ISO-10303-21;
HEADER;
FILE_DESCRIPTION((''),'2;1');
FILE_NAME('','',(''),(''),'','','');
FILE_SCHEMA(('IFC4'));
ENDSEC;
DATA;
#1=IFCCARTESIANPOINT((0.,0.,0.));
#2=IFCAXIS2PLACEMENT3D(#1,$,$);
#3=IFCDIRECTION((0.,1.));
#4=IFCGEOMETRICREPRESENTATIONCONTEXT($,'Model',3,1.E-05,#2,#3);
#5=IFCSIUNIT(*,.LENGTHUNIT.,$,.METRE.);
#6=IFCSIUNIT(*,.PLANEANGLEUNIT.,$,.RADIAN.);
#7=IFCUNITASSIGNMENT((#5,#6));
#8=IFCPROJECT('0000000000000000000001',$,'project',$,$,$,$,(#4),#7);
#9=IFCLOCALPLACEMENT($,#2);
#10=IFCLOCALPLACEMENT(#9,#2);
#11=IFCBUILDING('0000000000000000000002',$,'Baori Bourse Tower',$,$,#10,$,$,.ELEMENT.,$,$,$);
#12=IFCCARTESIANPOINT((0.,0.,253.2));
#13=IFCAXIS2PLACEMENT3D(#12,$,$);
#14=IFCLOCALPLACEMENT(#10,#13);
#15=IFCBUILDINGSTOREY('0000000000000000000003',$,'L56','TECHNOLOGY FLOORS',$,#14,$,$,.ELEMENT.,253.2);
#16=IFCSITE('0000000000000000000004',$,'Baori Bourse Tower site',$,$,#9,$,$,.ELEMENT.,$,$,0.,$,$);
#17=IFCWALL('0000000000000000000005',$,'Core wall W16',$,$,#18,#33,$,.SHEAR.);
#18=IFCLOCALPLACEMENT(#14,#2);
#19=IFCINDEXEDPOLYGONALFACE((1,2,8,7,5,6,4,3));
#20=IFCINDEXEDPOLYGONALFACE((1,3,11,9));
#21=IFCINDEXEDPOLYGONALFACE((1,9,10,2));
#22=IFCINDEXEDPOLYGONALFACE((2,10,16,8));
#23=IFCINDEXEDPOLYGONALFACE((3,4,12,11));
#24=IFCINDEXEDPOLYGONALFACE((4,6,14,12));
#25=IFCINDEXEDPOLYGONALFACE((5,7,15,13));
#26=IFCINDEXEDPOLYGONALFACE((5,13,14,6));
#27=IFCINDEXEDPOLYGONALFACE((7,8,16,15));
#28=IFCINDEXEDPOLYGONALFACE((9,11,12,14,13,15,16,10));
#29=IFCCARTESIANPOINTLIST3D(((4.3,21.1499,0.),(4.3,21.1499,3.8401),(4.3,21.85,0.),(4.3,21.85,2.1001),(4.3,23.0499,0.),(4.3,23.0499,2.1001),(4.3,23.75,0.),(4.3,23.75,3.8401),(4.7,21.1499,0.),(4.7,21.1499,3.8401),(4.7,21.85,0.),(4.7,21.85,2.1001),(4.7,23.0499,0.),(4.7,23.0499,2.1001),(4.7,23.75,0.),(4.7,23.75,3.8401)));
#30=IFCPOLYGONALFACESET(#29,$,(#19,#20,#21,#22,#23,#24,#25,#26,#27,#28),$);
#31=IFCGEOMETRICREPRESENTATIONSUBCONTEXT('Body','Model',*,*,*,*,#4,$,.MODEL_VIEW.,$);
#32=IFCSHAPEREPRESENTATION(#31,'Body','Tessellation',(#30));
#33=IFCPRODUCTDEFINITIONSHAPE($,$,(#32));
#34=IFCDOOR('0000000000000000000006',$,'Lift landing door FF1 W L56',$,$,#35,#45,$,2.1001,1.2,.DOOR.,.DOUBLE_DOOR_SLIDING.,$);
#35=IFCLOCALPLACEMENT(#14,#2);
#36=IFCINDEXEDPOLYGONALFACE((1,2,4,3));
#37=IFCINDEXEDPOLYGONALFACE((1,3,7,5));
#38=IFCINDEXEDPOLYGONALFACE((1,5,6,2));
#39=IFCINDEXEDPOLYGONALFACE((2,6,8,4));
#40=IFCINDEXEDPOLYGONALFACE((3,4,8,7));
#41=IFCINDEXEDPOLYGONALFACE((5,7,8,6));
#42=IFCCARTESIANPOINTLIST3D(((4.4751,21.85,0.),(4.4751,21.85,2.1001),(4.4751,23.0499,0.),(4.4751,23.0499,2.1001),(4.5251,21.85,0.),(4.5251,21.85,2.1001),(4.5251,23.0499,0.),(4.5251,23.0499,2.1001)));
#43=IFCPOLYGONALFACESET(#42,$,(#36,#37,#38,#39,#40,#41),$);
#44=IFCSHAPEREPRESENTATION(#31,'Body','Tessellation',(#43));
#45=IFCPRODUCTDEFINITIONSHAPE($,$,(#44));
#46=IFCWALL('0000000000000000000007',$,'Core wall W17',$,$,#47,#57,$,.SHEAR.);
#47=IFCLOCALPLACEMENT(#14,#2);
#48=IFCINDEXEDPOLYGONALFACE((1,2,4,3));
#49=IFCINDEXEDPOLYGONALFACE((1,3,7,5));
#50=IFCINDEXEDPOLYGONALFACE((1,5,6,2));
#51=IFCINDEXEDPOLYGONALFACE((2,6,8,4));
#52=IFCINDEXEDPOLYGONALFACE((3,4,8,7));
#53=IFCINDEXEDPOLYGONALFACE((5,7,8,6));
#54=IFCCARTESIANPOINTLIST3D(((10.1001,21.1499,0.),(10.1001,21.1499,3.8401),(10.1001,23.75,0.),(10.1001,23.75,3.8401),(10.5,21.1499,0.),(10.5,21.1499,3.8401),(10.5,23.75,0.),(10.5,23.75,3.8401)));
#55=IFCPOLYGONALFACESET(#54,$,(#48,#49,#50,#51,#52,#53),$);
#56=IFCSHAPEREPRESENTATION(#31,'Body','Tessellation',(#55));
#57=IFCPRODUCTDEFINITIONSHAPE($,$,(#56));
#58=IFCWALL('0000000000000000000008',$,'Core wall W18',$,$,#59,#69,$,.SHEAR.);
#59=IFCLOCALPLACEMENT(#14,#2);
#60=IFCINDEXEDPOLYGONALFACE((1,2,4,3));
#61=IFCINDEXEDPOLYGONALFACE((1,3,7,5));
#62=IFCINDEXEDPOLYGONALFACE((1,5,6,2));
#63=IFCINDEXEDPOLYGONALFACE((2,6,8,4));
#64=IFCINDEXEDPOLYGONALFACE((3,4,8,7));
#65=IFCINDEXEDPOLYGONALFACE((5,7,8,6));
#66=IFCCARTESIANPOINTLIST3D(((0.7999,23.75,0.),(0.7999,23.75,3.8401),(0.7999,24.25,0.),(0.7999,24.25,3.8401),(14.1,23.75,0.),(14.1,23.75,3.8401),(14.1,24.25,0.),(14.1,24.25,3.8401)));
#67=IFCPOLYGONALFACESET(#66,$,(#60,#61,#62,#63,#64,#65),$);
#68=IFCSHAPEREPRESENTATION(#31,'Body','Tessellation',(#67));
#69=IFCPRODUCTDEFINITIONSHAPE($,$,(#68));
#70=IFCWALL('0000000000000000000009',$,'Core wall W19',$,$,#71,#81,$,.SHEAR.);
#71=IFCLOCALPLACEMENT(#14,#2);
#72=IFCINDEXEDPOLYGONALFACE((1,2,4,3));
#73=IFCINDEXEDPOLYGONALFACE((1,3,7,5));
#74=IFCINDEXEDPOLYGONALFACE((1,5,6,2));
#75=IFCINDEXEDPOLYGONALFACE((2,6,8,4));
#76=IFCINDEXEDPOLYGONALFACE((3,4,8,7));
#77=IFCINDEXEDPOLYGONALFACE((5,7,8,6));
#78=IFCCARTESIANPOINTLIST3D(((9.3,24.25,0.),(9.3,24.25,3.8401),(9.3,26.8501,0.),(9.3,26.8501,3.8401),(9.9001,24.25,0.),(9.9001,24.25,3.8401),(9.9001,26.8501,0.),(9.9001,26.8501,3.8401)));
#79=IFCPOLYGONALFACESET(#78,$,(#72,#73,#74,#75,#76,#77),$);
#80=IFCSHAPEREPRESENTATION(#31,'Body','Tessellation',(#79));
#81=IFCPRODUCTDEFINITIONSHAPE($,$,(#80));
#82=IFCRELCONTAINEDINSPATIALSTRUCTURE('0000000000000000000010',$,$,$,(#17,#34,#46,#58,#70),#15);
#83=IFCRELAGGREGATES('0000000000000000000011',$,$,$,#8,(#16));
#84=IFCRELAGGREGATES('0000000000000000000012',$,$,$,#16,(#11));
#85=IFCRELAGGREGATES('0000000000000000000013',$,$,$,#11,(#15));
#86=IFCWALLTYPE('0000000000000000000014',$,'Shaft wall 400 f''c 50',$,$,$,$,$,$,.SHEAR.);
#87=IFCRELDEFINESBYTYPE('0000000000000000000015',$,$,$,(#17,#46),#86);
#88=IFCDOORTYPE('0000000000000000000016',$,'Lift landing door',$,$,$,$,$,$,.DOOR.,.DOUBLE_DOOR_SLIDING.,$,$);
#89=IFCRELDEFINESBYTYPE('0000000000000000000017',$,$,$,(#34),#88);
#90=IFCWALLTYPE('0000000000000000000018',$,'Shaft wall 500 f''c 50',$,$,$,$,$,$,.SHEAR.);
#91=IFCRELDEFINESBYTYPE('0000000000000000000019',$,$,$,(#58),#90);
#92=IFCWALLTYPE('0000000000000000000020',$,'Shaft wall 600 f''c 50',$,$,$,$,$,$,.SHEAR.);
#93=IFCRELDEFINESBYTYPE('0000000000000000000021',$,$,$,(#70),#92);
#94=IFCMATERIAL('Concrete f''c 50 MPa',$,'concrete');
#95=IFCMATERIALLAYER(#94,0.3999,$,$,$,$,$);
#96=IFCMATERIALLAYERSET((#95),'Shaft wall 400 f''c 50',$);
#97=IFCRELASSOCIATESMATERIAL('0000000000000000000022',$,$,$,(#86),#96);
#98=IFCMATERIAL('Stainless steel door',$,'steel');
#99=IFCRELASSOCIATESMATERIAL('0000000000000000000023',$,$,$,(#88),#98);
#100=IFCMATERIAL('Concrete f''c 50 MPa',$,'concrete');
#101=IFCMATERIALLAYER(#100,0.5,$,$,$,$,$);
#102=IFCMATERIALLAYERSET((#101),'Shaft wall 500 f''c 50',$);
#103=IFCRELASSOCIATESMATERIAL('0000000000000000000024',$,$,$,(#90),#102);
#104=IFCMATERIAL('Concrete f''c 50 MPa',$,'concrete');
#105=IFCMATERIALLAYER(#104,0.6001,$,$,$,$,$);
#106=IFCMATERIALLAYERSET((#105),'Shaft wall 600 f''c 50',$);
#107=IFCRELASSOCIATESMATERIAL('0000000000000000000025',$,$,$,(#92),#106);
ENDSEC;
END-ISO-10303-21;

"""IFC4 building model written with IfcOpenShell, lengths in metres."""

from ifc_helpers import new_model, si_unit, direction, frame, frame_2d, origin, place, context, subcontext, project, spatial, rectangle, extrude, material, layer, layer_set, type_object, element, fill, save


model = new_model("IFC4")

# Units and contexts
model_context = context("Model", 3, precision=1e-05, world=origin(), true_north=direction((0.0, 1.0)))
body_context = subcontext(model_context, "Body", "Model", "MODEL_VIEW")
ifc_project = project(units=[si_unit("LENGTHUNIT", "METRE"), si_unit("PLANEANGLEUNIT", "RADIAN")], contexts=[model_context])

# Site, building, storey
site_placement = place(None, origin())
site = spatial("IfcSite", under=ifc_project, at=site_placement, Name="Baori Bourse Tower site", CompositionType="ELEMENT", RefElevation=0.0)
building_placement = place(site_placement, origin())
building = spatial("IfcBuilding", under=site, at=building_placement, Name="Baori Bourse Tower", CompositionType="ELEMENT")
storey_placement = place(building_placement, frame((0.0, 0.0, 253.2)))
storey = spatial("IfcBuildingStorey", under=building, at=storey_placement, Name="L56", Description="TECHNOLOGY FLOORS", CompositionType="ELEMENT", Elevation=253.2)

# Shared definitions
ifc_material_1 = material(Name="Concrete f'c 50 MPa", Category="concrete")
ifc_layer_1 = layer(ifc_material_1, 0.3999)
ifc_layer_set_1 = layer_set([ifc_layer_1], Name="Shaft wall 400 f'c 50")
wall_type_1 = type_object("IfcWallType", Name="Shaft wall 400 f'c 50", PredefinedType="SHEAR", material=ifc_layer_set_1)

# Wall, opening, door
wall_1_placement = place(storey_placement, frame((4.5, 21.1499, 0.0), z_axis=(0.0, 0.0, 1.0), x_axis=(0.0, 1.0, 0.0)))
wall_1 = element("IfcWall", 1, at=wall_1_placement, inside=storey, type_object=wall_type_1, Name="Core wall W16", PredefinedType="SHEAR", context=body_context, shape_type="SweptSolid", body=[
    extrude(rectangle(XDim=2.6001, YDim=0.3999, at=frame_2d((1.3, 0.0))), origin(), (0.0, 0.0, 1.0), 3.8401),
])
opening_1_placement = place(wall_1_placement, frame((0.7, 0.0, 0.0)))
opening_1 = element("IfcOpeningElement", 2, at=opening_1_placement, cuts=wall_1, PredefinedType="OPENING", context=body_context, shape_type="SweptSolid", body=[
    extrude(rectangle(XDim=1.2, YDim=2.1001, at=frame_2d((0.6001, 1.05))), frame((0.0, 0.21, 0.0), z_axis=(0.0, -1.0, 0.0), x_axis=(1.0, 0.0, 0.0)), (0.0, 0.0, 1.0), 0.4199),
])
ifc_material_2 = material(Name="Stainless steel door", Category="steel")
door_type_1 = type_object("IfcDoorType", Name="Lift landing door", OperationType="DOUBLE_DOOR_SLIDING", PredefinedType="DOOR", material=ifc_material_2)
door_1_placement = place(opening_1_placement, origin())
door_1 = element("IfcDoor", 3, at=door_1_placement, inside=storey, type_object=door_type_1, Name="Lift landing door FF1 W L56", OperationType="DOUBLE_DOOR_SLIDING", OverallHeight=2.1001, OverallWidth=1.2, PredefinedType="DOOR", context=body_context, shape_type="SweptSolid", body=[
    extrude(rectangle(XDim=1.2, YDim=2.1001, at=frame_2d((0.6001, 1.05))), frame((0.0, 0.0249, 0.0), z_axis=(0.0, -1.0, 0.0), x_axis=(1.0, 0.0, 0.0)), (0.0, 0.0, 1.0), 0.05),
])
fill(opening_1, door_1)

# Walls
wall_2_placement = place(storey_placement, frame((10.3, 21.1499, 0.0), z_axis=(0.0, 0.0, 1.0), x_axis=(0.0, 1.0, 0.0)))
element("IfcWall", 4, at=wall_2_placement, inside=storey, type_object=wall_type_1, Name="Core wall W17", PredefinedType="SHEAR", context=body_context, shape_type="SweptSolid", body=[
    extrude(rectangle(XDim=2.6001, YDim=0.3999, at=frame_2d((1.3, 0.0))), origin(), (0.0, 0.0, 1.0), 3.8401),
])
ifc_material_3 = material(Name="Concrete f'c 50 MPa", Category="concrete")
ifc_layer_2 = layer(ifc_material_3, 0.5)
ifc_layer_set_2 = layer_set([ifc_layer_2], Name="Shaft wall 500 f'c 50")
wall_type_2 = type_object("IfcWallType", Name="Shaft wall 500 f'c 50", PredefinedType="SHEAR", material=ifc_layer_set_2)
wall_3_placement = place(storey_placement, frame((0.8, 24.0, 0.0), z_axis=(0.0, 0.0, 1.0), x_axis=(1.0, 0.0, 0.0)))
element("IfcWall", 5, at=wall_3_placement, inside=storey, type_object=wall_type_2, Name="Core wall W18", PredefinedType="SHEAR", context=body_context, shape_type="SweptSolid", body=[
    extrude(rectangle(XDim=13.3, YDim=0.5, at=frame_2d((6.6499, 0.0))), origin(), (0.0, 0.0, 1.0), 3.8401),
])
ifc_material_4 = material(Name="Concrete f'c 50 MPa", Category="concrete")
ifc_layer_3 = layer(ifc_material_4, 0.6001)
ifc_layer_set_3 = layer_set([ifc_layer_3], Name="Shaft wall 600 f'c 50")
wall_type_3 = type_object("IfcWallType", Name="Shaft wall 600 f'c 50", PredefinedType="SHEAR", material=ifc_layer_set_3)
wall_4_placement = place(storey_placement, frame((9.6001, 24.25, 0.0), z_axis=(0.0, 0.0, 1.0), x_axis=(0.0, 1.0, 0.0)))
element("IfcWall", 6, at=wall_4_placement, inside=storey, type_object=wall_type_3, Name="Core wall W19", PredefinedType="SHEAR", context=body_context, shape_type="SweptSolid", body=[
    extrude(rectangle(XDim=2.6001, YDim=0.6001, at=frame_2d((1.3, 0.0))), origin(), (0.0, 0.0, 1.0), 3.8401),
])

save(model, "model.ifc")
